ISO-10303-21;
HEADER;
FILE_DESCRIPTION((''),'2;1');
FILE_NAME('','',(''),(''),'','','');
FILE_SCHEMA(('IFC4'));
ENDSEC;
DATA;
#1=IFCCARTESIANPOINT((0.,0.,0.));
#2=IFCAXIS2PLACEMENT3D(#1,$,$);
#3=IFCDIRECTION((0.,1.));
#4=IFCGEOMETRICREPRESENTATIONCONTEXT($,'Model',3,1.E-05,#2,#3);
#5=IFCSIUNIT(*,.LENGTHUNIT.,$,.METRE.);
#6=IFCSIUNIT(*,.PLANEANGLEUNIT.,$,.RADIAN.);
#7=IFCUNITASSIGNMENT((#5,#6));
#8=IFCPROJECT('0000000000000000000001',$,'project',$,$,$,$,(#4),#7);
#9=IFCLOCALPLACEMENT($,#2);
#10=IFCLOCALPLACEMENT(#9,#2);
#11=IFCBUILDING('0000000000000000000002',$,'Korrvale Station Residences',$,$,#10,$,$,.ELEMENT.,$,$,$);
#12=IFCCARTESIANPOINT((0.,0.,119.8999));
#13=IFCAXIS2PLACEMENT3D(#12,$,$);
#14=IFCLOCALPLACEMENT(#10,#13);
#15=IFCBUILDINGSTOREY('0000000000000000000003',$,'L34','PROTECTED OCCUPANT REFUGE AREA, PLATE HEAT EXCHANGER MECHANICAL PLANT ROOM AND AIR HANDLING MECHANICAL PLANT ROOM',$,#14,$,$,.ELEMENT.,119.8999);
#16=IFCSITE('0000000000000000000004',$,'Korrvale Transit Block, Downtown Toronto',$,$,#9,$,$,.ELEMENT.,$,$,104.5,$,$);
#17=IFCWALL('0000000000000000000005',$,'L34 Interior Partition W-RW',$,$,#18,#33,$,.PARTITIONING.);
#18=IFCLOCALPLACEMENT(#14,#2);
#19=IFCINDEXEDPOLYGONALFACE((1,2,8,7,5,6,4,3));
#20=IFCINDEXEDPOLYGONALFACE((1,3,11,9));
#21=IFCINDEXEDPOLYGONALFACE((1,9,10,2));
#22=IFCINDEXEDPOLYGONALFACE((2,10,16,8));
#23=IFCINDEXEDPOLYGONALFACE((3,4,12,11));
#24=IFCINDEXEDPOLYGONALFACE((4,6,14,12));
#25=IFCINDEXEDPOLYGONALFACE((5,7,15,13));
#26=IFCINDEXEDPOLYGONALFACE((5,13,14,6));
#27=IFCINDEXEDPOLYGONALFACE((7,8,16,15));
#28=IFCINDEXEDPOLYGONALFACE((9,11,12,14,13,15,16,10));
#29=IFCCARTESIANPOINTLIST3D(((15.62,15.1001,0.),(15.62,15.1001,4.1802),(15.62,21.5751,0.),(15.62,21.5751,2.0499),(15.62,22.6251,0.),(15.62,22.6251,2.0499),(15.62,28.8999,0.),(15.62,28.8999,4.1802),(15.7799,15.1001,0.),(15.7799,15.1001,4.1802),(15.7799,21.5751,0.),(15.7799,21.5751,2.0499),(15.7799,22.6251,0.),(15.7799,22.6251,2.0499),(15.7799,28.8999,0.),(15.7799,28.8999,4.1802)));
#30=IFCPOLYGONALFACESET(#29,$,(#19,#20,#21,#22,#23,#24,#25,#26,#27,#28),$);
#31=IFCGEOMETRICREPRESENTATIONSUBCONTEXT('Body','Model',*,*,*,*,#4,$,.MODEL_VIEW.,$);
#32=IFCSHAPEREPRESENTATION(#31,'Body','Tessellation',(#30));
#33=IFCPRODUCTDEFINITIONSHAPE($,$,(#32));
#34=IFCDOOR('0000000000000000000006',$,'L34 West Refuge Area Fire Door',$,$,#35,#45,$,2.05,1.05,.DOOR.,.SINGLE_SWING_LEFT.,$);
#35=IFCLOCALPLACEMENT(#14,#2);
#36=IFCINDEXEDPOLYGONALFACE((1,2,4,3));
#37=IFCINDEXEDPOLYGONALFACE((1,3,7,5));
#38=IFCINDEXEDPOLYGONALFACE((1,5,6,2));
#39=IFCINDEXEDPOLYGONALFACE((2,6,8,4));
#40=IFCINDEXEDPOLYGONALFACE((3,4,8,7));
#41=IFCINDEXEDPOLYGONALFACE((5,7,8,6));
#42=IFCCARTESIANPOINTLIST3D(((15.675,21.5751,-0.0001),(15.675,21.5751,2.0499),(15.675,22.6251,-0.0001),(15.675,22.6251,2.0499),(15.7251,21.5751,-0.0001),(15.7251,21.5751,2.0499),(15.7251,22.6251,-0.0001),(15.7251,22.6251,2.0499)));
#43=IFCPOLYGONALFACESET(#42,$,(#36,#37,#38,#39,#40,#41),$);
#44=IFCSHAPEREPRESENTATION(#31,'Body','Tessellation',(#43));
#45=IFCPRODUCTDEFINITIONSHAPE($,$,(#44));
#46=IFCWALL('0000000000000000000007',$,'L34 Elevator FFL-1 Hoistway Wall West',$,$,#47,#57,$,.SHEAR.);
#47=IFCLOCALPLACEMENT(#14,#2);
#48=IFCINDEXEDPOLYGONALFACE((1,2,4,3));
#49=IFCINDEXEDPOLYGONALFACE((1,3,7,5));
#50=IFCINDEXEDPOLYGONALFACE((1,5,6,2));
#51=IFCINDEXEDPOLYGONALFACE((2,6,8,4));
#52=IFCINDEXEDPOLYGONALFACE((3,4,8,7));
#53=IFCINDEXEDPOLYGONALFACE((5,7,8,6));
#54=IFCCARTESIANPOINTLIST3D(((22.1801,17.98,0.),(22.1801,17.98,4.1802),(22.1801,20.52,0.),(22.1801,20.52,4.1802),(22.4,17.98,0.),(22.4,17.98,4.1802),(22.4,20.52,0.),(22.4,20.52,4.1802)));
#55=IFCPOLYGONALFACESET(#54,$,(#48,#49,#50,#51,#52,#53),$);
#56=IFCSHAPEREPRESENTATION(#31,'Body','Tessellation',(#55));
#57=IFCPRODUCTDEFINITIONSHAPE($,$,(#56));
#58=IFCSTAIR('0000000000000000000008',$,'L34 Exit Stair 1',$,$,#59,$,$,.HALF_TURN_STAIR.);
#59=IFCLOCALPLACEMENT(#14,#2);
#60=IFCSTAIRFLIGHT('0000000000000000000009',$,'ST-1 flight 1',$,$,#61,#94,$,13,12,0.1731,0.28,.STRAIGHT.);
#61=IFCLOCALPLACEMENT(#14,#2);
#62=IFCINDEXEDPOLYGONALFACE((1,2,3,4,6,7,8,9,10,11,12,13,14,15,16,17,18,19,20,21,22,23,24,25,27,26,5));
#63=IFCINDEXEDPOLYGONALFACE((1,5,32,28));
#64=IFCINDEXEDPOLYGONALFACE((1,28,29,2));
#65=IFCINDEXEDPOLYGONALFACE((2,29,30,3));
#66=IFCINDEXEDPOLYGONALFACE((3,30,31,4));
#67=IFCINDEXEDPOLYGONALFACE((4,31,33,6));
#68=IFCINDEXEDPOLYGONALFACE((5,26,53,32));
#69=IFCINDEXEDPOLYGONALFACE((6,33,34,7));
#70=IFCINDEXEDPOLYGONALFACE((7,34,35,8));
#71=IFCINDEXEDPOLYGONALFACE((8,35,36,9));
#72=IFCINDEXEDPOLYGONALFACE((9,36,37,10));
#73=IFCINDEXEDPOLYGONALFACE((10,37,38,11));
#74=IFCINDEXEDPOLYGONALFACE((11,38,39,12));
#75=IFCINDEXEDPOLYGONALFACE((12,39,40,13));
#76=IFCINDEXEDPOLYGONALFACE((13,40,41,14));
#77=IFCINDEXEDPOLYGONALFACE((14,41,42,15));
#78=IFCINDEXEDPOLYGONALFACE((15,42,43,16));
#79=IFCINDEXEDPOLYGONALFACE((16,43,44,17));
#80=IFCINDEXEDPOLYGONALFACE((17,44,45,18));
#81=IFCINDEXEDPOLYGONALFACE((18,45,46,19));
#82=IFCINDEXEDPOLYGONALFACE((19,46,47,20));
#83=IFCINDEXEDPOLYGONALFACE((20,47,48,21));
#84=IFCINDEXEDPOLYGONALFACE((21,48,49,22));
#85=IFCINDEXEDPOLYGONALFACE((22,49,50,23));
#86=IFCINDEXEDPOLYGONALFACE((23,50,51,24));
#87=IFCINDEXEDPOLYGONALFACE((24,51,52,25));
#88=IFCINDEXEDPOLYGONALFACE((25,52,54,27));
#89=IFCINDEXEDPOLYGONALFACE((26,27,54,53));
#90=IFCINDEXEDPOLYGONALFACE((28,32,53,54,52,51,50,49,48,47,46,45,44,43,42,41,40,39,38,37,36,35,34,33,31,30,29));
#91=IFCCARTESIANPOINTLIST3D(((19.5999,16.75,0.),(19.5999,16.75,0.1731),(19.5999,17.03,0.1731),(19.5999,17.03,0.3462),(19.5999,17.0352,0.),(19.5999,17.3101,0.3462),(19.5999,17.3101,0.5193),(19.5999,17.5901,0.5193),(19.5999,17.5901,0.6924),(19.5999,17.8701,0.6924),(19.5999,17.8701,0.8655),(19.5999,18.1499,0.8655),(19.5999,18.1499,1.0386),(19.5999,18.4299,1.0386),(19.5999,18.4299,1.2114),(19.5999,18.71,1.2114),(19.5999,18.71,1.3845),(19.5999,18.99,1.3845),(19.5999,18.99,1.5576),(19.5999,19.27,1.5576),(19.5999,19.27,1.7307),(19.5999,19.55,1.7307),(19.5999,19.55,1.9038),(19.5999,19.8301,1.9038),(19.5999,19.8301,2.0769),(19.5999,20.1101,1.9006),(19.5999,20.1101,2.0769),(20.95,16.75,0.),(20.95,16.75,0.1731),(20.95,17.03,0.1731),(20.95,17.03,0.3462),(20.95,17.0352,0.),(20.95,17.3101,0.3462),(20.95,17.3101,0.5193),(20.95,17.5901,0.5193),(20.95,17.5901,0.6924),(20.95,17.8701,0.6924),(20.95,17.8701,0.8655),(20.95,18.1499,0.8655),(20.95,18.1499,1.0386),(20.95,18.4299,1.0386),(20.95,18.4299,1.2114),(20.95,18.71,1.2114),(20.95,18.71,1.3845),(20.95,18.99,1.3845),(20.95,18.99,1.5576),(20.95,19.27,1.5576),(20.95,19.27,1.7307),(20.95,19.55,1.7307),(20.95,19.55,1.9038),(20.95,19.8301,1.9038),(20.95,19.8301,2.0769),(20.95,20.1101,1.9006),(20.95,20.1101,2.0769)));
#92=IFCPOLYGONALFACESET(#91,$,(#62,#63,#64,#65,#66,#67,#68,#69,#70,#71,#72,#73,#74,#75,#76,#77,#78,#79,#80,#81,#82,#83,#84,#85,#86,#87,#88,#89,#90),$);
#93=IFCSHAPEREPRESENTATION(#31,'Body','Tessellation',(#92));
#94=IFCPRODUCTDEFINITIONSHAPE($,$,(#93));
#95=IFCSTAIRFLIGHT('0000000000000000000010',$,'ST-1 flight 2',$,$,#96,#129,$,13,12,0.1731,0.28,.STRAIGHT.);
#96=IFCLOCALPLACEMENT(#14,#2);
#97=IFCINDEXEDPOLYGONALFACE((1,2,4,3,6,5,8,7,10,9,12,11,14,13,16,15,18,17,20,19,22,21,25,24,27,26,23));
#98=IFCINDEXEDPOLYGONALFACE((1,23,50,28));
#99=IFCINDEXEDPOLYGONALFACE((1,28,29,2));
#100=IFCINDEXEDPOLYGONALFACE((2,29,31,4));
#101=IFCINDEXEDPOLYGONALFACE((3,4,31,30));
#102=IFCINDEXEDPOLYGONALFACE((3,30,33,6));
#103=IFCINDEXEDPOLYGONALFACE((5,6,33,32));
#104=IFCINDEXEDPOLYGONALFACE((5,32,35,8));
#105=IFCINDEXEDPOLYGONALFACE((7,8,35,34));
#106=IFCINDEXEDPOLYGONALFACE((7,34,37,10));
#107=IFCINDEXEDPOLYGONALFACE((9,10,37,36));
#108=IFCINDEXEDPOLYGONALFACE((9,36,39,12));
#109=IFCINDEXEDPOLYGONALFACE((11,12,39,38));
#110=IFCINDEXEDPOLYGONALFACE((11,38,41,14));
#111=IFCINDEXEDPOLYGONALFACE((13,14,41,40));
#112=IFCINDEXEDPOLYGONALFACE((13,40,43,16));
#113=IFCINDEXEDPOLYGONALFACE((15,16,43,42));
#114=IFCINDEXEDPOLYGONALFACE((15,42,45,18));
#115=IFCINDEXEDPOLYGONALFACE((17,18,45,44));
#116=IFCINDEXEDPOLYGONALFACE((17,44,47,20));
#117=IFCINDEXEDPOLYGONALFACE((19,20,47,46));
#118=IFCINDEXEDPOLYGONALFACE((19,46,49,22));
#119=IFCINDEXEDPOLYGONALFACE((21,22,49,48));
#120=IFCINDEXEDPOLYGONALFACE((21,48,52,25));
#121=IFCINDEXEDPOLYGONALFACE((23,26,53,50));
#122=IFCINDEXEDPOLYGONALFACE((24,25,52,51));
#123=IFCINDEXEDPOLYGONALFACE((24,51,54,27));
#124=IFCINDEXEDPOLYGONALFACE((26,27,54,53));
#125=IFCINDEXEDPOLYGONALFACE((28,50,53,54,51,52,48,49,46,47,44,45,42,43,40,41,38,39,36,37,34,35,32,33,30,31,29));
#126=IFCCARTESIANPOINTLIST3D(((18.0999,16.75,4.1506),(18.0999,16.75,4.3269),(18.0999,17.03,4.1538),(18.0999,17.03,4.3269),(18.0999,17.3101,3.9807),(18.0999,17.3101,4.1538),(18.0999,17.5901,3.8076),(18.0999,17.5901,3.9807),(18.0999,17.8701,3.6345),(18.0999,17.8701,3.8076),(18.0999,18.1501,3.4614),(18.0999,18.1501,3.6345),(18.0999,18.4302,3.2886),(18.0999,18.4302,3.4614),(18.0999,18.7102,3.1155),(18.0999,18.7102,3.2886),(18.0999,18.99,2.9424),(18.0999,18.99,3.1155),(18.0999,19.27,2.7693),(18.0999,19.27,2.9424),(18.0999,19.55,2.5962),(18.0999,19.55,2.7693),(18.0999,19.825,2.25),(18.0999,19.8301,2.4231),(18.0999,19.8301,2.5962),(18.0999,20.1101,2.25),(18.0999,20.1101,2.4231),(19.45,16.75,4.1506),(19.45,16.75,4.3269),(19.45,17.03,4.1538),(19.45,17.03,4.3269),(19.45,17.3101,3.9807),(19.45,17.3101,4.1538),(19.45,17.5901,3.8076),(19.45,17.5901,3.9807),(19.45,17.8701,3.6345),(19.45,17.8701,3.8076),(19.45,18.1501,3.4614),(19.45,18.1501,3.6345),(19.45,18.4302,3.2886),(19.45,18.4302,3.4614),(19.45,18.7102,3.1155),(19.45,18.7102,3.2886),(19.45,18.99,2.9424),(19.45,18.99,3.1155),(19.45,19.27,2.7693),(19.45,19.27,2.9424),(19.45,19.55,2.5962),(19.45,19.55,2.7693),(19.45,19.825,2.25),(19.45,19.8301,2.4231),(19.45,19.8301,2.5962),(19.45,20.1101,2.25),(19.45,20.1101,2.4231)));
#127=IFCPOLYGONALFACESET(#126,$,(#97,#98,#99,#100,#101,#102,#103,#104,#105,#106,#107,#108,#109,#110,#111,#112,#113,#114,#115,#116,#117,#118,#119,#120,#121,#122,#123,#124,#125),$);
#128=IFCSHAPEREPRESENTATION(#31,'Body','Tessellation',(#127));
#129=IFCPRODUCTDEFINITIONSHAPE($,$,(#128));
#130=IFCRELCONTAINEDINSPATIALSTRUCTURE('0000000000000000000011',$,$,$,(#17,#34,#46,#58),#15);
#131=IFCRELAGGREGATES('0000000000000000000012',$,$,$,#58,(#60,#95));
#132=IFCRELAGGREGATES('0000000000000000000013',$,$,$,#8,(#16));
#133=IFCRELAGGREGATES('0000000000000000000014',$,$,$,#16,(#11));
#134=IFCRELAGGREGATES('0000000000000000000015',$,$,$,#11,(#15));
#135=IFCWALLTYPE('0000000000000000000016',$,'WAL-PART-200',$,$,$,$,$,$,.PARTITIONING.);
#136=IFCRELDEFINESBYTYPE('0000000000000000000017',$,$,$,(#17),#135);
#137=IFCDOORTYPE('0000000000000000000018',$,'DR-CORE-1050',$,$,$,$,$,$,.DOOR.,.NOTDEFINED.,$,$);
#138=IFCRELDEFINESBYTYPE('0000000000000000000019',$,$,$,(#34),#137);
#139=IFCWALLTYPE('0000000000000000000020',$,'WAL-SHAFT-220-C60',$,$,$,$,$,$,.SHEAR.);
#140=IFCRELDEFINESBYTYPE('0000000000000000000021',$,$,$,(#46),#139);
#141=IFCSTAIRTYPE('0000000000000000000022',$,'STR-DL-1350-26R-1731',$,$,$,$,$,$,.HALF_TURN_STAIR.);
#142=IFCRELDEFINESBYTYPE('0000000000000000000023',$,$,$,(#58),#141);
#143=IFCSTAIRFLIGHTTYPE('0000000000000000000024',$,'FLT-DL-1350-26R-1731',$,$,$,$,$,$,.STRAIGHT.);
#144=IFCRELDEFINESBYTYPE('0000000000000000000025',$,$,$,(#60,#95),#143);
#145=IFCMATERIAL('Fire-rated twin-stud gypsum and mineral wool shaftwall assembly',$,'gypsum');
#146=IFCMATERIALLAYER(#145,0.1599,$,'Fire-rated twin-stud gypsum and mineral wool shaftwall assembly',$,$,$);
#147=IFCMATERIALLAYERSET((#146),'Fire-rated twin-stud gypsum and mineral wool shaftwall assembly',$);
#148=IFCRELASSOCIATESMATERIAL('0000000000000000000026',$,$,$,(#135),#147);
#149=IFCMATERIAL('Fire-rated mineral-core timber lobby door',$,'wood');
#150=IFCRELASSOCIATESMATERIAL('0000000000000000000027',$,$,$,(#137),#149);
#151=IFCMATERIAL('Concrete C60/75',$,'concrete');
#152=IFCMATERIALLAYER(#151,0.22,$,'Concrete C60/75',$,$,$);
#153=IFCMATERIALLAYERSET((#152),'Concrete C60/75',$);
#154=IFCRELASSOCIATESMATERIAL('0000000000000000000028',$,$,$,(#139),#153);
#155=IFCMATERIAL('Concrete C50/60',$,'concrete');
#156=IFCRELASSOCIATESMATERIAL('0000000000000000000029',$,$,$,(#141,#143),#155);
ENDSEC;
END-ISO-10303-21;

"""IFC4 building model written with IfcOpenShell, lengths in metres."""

from ifc_helpers import new_model, si_unit, direction, frame, frame_2d, origin, place, context, subcontext, project, spatial, polyline, rectangle, outline, extrude, material, layer, layer_set, type_object, element, fill, aggregate, save


model = new_model("IFC4")

# Units and contexts
model_context = context("Model", 3, precision=1e-05, world=origin(), true_north=direction((0.0, 1.0)))
body_context = subcontext(model_context, "Body", "Model", "MODEL_VIEW")
ifc_project = project(units=[si_unit("LENGTHUNIT", "METRE"), si_unit("PLANEANGLEUNIT", "RADIAN")], contexts=[model_context])

# Site, building, storey
site_placement = place(None, origin())
site = spatial("IfcSite", under=ifc_project, at=site_placement, Name="Korrvale Transit Block, Downtown Toronto", CompositionType="ELEMENT", RefElevation=104.5)
building_placement = place(site_placement, origin())
building = spatial("IfcBuilding", under=site, at=building_placement, Name="Korrvale Station Residences", CompositionType="ELEMENT")
storey_placement = place(building_placement, frame((0.0, 0.0, 119.8999)))
storey = spatial("IfcBuildingStorey", under=building, at=storey_placement, Name="L34", Description="PROTECTED OCCUPANT REFUGE AREA, PLATE HEAT EXCHANGER MECHANICAL PLANT ROOM AND AIR HANDLING MECHANICAL PLANT ROOM", CompositionType="ELEMENT", Elevation=119.8999)

# Shared definitions
ifc_material_1 = material(Name="Concrete C60/75", Category="concrete")

# Shared definitions
ifc_material_2 = material(Name="Fire-rated twin-stud gypsum and mineral wool shaftwall assembly", Category="gypsum")
ifc_layer_1 = layer(ifc_material_2, 0.1599, Name="Fire-rated twin-stud gypsum and mineral wool shaftwall assembly")
ifc_layer_set_1 = layer_set([ifc_layer_1], Name="Fire-rated twin-stud gypsum and mineral wool shaftwall assembly")
wall_type_1 = type_object("IfcWallType", Name="WAL-PART-200", PredefinedType="PARTITIONING", material=ifc_layer_set_1)
ifc_material_3 = material(Name="Fire-rated mineral-core timber lobby door", Category="wood")
door_type_1 = type_object("IfcDoorType", Name="DR-CORE-1050", OperationType="NOTDEFINED", PredefinedType="DOOR", material=ifc_material_3)

# Wall, opening, door
wall_1_placement = place(storey_placement, frame((15.7, 15.1001, 0.0), z_axis=(0.0, 0.0, 1.0), x_axis=(0.0, 1.0, 0.0)))
wall_1 = element("IfcWall", 1, at=wall_1_placement, inside=storey, type_object=wall_type_1, Name="L34 Interior Partition W-RW", PredefinedType="PARTITIONING", context=body_context, shape_type="SweptSolid", body=[
    extrude(rectangle(XDim=13.7998, YDim=0.1599, at=frame_2d((6.8999, 0.0))), origin(), (0.0, 0.0, 1.0), 4.1802),
])
opening_1_placement = place(wall_1_placement, frame((6.4751, 0.0, 0.0)))
opening_1 = element("IfcOpeningElement", 2, at=opening_1_placement, cuts=wall_1, PredefinedType="OPENING", context=body_context, shape_type="SweptSolid", body=[
    extrude(rectangle(XDim=1.05, YDim=2.05, at=frame_2d((0.5249, 1.0249))), frame((0.0, 0.0898, 0.0), z_axis=(0.0, -1.0, 0.0), x_axis=(1.0, 0.0, 0.0)), (0.0, 0.0, 1.0), 0.1799),
])
door_1_placement = place(opening_1_placement, origin())
door_1 = element("IfcDoor", 3, at=door_1_placement, inside=storey, type_object=door_type_1, Name="L34 West Refuge Area Fire Door", OperationType="SINGLE_SWING_LEFT", OverallHeight=2.05, OverallWidth=1.05, PredefinedType="DOOR", context=body_context, shape_type="SweptSolid", body=[
    extrude(rectangle(XDim=1.05, YDim=2.05, at=frame_2d((0.5249, 1.0249))), frame((0.0, 0.0249, 0.0), z_axis=(0.0, -1.0, 0.0), x_axis=(1.0, 0.0, 0.0)), (0.0, 0.0, 1.0), 0.05),
])
fill(opening_1, door_1)
ifc_layer_2 = layer(ifc_material_1, 0.22, Name="Concrete C60/75")
ifc_layer_set_2 = layer_set([ifc_layer_2], Name="Concrete C60/75")
wall_type_2 = type_object("IfcWallType", Name="WAL-SHAFT-220-C60", PredefinedType="SHEAR", material=ifc_layer_set_2)

# Wall
wall_2_placement = place(storey_placement, frame((22.29, 17.98, 0.0), z_axis=(0.0, 0.0, 1.0), x_axis=(0.0, 1.0, 0.0)))
element("IfcWall", 4, at=wall_2_placement, inside=storey, type_object=wall_type_2, Name="L34 Elevator FFL-1 Hoistway Wall West", PredefinedType="SHEAR", context=body_context, shape_type="SweptSolid", body=[
    extrude(rectangle(XDim=2.54, YDim=0.22, at=frame_2d((1.27, 0.0))), origin(), (0.0, 0.0, 1.0), 4.1802),
])

# Stair, stair flights
ifc_material_4 = material(Name="Concrete C50/60", Category="concrete")
stair_type = type_object("IfcStairType", Name="STR-DL-1350-26R-1731", PredefinedType="HALF_TURN_STAIR", material=ifc_material_4)
stair_placement = place(storey_placement, origin())
stair = element("IfcStair", 5, at=stair_placement, inside=storey, type_object=stair_type, Name="L34 Exit Stair 1", PredefinedType="HALF_TURN_STAIR")
stair_flight_type = type_object("IfcStairFlightType", Name="FLT-DL-1350-26R-1731", PredefinedType="STRAIGHT", material=ifc_material_4)
stair_flight_1_placement = place(storey_placement, frame((20.2749, 16.75, 0.0), z_axis=(0.0, 0.0, 1.0), x_axis=(0.0, 1.0, 0.0)))
stair_flight_1 = element("IfcStairFlight", 6, at=stair_flight_1_placement, type_object=stair_flight_type, Name="ST-1 flight 1", NumberOfRisers=13, NumberOfTreads=12, PredefinedType="STRAIGHT", RiserHeight=0.1731, TreadLength=0.28, context=body_context, shape_type="SweptSolid", body=[
    extrude(outline(polyline([(0.0, 0.0), (0.0, 0.1731), (0.28, 0.1731), (0.28, 0.3462), (0.5601, 0.3462), (0.5601, 0.5193), (0.8401, 0.5193), (0.8401, 0.6924), (1.1201, 0.6924), (1.1201, 0.8655), (1.3999, 0.8655), (1.3999, 1.0386), (1.6799, 1.0386), (1.6799, 1.2114), (1.96, 1.2114), (1.96, 1.3845), (2.24, 1.3845), (2.24, 1.5576), (2.52, 1.5576), (2.52, 1.7307), (2.8, 1.7307), (2.8, 1.9038), (3.0801, 1.9038), (3.0801, 2.0769), (3.3601, 2.0769), (3.3601, 2.25), (3.3601, 1.9006), (0.2852, 0.0), (0.0, 0.0)])), frame((0.0, 0.675, 0.0), z_axis=(0.0, -1.0, 0.0), x_axis=(1.0, 0.0, 0.0)), (0.0, 0.0, 1.0), 1.3501),
])
stair_flight_2_placement = place(storey_placement, frame((18.7749, 20.1101, 2.25), z_axis=(0.0, 0.0, 1.0), x_axis=(0.0, -1.0, 0.0)))
stair_flight_2 = element("IfcStairFlight", 7, at=stair_flight_2_placement, type_object=stair_flight_type, Name="ST-1 flight 2", NumberOfRisers=13, NumberOfTreads=12, PredefinedType="STRAIGHT", RiserHeight=0.1731, TreadLength=0.28, context=body_context, shape_type="SweptSolid", body=[
    extrude(outline(polyline([(0.0, 0.0), (0.0, 0.1731), (0.28, 0.1731), (0.28, 0.3462), (0.5601, 0.3462), (0.5601, 0.5193), (0.8401, 0.5193), (0.8401, 0.6924), (1.1201, 0.6924), (1.1201, 0.8655), (1.3999, 0.8655), (1.3999, 1.0386), (1.6799, 1.0386), (1.6799, 1.2114), (1.96, 1.2114), (1.96, 1.3845), (2.24, 1.3845), (2.24, 1.5576), (2.52, 1.5576), (2.52, 1.7307), (2.8, 1.7307), (2.8, 1.9038), (3.0801, 1.9038), (3.0801, 2.0769), (3.3601, 2.0769), (3.3601, 2.25), (3.3601, 1.9006), (0.2852, 0.0), (0.0, 0.0)])), frame((0.0, 0.675, 0.0), z_axis=(0.0, -1.0, 0.0), x_axis=(1.0, 0.0, 0.0)), (0.0, 0.0, 1.0), 1.3501),
])
aggregate(stair, [stair_flight_1, stair_flight_2])

save(model, "model.ifc")
